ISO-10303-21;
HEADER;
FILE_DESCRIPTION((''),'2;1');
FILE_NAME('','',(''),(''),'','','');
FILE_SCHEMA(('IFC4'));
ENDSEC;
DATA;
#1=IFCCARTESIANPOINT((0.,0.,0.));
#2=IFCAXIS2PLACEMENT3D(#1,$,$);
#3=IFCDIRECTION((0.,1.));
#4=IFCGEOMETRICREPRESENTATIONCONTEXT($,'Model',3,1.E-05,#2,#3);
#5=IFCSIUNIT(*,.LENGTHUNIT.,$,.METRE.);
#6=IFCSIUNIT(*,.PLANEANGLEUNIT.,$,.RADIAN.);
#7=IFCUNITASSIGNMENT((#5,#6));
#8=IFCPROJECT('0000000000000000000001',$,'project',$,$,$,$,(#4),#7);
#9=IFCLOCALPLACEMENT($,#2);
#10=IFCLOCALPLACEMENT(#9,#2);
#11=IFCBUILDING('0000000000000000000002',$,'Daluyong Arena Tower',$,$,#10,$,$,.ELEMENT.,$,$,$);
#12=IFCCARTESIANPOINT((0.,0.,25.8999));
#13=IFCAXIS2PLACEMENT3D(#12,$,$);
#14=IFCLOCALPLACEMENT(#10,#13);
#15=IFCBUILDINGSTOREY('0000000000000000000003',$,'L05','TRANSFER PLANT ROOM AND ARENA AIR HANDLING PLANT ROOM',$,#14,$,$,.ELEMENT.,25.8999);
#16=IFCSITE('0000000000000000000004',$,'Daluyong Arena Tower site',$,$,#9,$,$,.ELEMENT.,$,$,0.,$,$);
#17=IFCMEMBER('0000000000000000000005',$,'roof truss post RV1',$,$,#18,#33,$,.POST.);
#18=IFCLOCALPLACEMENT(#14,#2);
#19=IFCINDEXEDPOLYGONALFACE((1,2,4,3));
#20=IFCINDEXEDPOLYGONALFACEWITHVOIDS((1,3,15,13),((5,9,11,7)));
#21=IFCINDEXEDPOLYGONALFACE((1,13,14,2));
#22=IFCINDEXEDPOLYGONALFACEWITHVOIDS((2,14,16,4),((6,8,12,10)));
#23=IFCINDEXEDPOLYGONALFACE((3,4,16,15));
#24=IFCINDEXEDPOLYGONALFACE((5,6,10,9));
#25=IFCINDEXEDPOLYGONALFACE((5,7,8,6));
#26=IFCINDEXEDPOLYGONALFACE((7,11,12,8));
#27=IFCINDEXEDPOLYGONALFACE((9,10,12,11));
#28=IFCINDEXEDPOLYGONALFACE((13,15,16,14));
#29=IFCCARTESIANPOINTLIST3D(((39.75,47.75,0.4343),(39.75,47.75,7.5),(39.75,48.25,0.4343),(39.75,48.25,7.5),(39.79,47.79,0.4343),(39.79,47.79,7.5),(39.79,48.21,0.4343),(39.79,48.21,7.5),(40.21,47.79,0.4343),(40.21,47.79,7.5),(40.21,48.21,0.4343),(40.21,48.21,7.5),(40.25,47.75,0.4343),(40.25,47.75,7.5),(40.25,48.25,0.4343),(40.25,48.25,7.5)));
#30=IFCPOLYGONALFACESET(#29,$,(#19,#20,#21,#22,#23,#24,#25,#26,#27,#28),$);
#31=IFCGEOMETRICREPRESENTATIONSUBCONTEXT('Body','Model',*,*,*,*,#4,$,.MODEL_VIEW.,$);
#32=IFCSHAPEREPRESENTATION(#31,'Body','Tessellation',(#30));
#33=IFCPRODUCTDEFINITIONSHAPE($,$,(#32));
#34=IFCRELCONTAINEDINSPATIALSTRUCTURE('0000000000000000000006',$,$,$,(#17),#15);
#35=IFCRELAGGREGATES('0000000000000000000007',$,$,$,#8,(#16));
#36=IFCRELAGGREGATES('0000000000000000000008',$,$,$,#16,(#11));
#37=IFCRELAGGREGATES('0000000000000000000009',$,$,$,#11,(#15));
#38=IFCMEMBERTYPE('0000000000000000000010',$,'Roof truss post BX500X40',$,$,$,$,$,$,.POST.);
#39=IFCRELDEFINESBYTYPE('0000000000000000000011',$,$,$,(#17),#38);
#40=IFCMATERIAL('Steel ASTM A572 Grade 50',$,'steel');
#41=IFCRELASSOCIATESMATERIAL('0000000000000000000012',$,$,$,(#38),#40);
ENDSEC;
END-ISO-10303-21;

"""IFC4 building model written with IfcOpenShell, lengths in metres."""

from ifc_helpers import new_model, si_unit, direction, frame, origin, origin_2d, place, context, subcontext, project, spatial, hollow_rectangle, extrude, material, material_profile, profile_set, type_object, element, save


model = new_model("IFC4")

# Units and contexts
model_context = context("Model", 3, precision=1e-05, world=origin(), true_north=direction((0.0, 1.0)))
body_context = subcontext(model_context, "Body", "Model", "MODEL_VIEW")
ifc_project = project(units=[si_unit("LENGTHUNIT", "METRE"), si_unit("PLANEANGLEUNIT", "RADIAN")], contexts=[model_context])

# Site, building, storey
site_placement = place(None, origin())
site = spatial("IfcSite", under=ifc_project, at=site_placement, Name="Daluyong Arena Tower site", CompositionType="ELEMENT", RefElevation=0.0)
building_placement = place(site_placement, origin())
building = spatial("IfcBuilding", under=site, at=building_placement, Name="Daluyong Arena Tower", CompositionType="ELEMENT")
storey_placement = place(building_placement, frame((0.0, 0.0, 25.8999)))
storey = spatial("IfcBuildingStorey", under=building, at=storey_placement, Name="L05", Description="TRANSFER PLANT ROOM AND ARENA AIR HANDLING PLANT ROOM", CompositionType="ELEMENT", Elevation=25.8999)

# Member
ifc_material_1 = material(Name="Steel ASTM A572 Grade 50", Category="steel")
ifc_material_profile_1 = material_profile(ifc_material_1, hollow_rectangle(XDim=0.5, YDim=0.5, WallThickness=0.04, at=origin_2d()))
ifc_profile_set_1 = profile_set([ifc_material_profile_1], Name="Steel ASTM A572 Grade 50")
member_type_1 = type_object("IfcMemberType", Name="Roof truss post BX500X40", PredefinedType="POST", material=ifc_profile_set_1)
for number, where, z_axis, x_axis, name in (
    (1, (40.0, 48.0, 0.4343), (0.0, 0.0, 1.0), (1.0, 0.0, 0.0), "roof truss post RV1"),
):
    element("IfcMember", number, at=place(storey_placement, frame(where, z_axis=z_axis, x_axis=x_axis)), inside=storey, type_object=member_type_1, Name=name, PredefinedType="POST", context=body_context, shape_type="SweptSolid", body=[
        extrude(hollow_rectangle(XDim=0.5, YDim=0.5, WallThickness=0.04, at=origin_2d()), origin(), (0.0, 0.0, 1.0), 7.0657),
    ])

save(model, "model.ifc")
